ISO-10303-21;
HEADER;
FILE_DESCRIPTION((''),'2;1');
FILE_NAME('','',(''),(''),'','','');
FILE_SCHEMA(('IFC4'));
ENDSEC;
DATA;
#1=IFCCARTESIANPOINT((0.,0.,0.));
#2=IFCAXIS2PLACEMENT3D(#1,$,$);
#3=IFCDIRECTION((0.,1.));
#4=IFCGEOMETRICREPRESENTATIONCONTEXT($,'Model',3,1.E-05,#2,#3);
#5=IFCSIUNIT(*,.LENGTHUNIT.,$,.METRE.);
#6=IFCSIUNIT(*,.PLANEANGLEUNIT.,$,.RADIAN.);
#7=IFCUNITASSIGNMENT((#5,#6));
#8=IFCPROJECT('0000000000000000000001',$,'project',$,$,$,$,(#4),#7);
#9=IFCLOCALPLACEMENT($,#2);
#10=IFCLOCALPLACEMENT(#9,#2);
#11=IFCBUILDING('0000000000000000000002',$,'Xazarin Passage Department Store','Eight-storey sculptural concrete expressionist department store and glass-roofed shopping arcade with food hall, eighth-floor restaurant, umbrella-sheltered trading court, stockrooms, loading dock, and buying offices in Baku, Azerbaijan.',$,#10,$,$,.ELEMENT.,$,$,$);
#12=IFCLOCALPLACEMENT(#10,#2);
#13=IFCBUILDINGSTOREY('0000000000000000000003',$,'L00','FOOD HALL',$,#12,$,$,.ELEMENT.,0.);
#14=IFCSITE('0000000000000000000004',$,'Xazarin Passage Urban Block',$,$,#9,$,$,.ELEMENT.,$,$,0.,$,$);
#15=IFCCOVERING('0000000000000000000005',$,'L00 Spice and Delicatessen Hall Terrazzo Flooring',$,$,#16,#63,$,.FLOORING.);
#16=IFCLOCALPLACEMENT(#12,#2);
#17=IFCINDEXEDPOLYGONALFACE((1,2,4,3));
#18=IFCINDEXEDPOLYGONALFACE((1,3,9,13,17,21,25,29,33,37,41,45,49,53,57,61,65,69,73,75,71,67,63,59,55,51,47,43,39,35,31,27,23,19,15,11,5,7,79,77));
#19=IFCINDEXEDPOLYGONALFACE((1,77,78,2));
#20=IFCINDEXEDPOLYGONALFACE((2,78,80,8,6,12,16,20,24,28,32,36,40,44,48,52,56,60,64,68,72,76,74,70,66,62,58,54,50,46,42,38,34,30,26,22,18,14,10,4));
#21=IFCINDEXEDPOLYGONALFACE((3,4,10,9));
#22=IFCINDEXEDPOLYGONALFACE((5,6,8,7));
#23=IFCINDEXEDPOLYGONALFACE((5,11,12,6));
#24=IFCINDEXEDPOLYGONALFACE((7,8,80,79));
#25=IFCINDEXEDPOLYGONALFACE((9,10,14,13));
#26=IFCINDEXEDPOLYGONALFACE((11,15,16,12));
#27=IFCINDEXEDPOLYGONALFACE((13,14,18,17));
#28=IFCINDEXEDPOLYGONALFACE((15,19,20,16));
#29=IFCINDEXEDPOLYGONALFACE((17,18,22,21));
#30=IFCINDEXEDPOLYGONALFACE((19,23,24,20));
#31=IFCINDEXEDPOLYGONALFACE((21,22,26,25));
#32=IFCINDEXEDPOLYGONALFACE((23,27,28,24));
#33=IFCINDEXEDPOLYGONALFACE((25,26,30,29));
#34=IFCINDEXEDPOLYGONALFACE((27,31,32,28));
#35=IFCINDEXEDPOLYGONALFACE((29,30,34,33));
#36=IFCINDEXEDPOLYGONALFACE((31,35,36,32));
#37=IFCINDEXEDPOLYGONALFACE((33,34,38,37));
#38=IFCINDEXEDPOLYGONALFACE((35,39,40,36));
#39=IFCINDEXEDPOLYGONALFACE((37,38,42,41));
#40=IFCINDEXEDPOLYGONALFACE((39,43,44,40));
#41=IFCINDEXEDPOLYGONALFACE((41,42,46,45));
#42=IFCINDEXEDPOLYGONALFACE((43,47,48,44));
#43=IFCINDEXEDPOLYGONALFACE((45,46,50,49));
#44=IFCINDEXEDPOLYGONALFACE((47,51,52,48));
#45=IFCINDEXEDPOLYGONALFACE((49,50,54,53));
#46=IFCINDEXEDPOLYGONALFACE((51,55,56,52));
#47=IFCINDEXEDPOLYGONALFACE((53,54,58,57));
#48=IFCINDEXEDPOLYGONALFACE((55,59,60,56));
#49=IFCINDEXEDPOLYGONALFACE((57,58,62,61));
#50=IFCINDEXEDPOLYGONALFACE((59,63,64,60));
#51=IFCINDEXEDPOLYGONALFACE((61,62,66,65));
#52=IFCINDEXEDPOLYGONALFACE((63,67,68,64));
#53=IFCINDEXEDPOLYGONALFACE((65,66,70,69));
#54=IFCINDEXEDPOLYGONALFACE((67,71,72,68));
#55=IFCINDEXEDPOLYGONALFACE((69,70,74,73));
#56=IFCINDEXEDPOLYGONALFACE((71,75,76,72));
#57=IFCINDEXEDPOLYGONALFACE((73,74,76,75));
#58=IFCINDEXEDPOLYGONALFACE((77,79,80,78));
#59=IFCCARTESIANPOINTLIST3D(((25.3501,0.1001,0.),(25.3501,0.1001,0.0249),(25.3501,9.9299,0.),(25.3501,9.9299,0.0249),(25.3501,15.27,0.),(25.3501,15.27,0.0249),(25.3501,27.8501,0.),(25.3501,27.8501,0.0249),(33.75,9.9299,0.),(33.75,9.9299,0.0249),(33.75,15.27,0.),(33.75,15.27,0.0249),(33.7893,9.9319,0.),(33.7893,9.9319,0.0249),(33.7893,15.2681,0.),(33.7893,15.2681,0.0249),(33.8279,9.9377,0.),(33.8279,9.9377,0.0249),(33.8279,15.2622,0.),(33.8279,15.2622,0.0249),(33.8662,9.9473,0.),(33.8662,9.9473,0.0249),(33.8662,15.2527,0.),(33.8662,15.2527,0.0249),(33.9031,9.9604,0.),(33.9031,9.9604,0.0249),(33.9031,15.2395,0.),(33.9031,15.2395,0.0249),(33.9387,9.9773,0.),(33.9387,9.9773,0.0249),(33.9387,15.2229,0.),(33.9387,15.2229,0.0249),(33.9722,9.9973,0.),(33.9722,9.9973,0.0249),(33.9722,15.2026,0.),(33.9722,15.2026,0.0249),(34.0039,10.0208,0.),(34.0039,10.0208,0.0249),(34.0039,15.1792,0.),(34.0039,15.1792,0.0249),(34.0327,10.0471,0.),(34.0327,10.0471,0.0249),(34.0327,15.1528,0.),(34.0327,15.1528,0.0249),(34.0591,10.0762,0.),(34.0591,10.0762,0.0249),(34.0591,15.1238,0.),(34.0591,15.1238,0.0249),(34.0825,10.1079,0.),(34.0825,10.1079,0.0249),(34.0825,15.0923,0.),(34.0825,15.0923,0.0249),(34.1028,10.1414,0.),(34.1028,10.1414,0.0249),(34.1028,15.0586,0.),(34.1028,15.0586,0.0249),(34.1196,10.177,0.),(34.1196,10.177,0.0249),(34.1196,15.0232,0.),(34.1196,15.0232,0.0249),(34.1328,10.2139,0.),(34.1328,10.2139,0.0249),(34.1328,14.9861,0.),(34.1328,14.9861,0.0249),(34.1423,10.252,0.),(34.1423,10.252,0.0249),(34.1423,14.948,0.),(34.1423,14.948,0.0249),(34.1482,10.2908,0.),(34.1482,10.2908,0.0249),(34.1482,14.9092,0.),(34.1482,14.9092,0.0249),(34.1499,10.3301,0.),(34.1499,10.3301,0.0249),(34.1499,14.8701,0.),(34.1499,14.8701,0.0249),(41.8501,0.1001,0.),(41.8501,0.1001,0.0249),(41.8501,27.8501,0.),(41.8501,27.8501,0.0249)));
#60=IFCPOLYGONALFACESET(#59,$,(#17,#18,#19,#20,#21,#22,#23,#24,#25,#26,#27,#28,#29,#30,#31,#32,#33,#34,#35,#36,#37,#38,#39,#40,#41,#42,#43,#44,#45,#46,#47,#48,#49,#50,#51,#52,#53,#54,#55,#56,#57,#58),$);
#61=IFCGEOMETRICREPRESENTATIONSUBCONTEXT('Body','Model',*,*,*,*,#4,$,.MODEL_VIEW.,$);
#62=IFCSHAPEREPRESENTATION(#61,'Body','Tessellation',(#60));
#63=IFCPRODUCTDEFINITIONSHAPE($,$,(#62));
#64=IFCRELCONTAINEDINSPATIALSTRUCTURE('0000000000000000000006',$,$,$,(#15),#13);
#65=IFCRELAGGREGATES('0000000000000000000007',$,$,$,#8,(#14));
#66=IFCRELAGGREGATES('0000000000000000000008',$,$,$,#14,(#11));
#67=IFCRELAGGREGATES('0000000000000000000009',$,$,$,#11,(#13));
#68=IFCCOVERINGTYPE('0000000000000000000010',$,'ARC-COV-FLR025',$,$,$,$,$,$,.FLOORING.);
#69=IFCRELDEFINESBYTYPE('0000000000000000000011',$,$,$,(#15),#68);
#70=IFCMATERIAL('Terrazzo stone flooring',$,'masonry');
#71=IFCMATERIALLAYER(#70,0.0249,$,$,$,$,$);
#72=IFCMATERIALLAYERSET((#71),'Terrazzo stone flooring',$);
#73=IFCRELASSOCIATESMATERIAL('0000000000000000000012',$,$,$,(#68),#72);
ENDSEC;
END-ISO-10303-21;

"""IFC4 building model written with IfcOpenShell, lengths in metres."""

from ifc_helpers import new_model, si_unit, direction, origin, place, context, subcontext, project, spatial, polyline, outline, extrude, material, layer, layer_set, type_object, element, save


model = new_model("IFC4")

# Units and contexts
model_context = context("Model", 3, precision=1e-05, world=origin(), true_north=direction((0.0, 1.0)))
body_context = subcontext(model_context, "Body", "Model", "MODEL_VIEW")
ifc_project = project(units=[si_unit("LENGTHUNIT", "METRE"), si_unit("PLANEANGLEUNIT", "RADIAN")], contexts=[model_context])

# Site, building, storey
site_placement = place(None, origin())
site = spatial("IfcSite", under=ifc_project, at=site_placement, Name="Xazarin Passage Urban Block", CompositionType="ELEMENT", RefElevation=0.0)
building_placement = place(site_placement, origin())
building = spatial("IfcBuilding", under=site, at=building_placement, Name="Xazarin Passage Department Store", Description="Eight-storey sculptural concrete expressionist department store and glass-roofed shopping arcade with food hall, eighth-floor restaurant, umbrella-sheltered trading court, stockrooms, loading dock, and buying offices in Baku, Azerbaijan.", CompositionType="ELEMENT")
storey_placement = place(building_placement, origin())
storey = spatial("IfcBuildingStorey", under=building, at=storey_placement, Name="L00", Description="FOOD HALL", CompositionType="ELEMENT", Elevation=0.0)

# Covering
ifc_material_1 = material(Name="Terrazzo stone flooring", Category="masonry")
ifc_layer_1 = layer(ifc_material_1, 0.0249)
ifc_layer_set_1 = layer_set([ifc_layer_1], Name="Terrazzo stone flooring")
covering_type_1 = type_object("IfcCoveringType", Name="ARC-COV-FLR025", PredefinedType="FLOORING", material=ifc_layer_set_1)
covering_1_placement = place(storey_placement, origin())
element("IfcCovering", 1, at=covering_1_placement, inside=storey, type_object=covering_type_1, Name="L00 Spice and Delicatessen Hall Terrazzo Flooring", PredefinedType="FLOORING", context=body_context, shape_type="SweptSolid", body=[
    extrude(outline(polyline([(25.3501, 15.27), (33.75, 15.27), (33.7893, 15.2681), (33.8279, 15.2622), (33.8662, 15.2527), (33.9031, 15.2395), (33.9387, 15.2229), (33.9722, 15.2026), (34.0039, 15.1792), (34.0327, 15.1528), (34.0591, 15.1238), (34.0825, 15.0923), (34.1028, 15.0586), (34.1196, 15.0232), (34.1328, 14.9861), (34.1423, 14.948), (34.1482, 14.9092), (34.1499, 14.8701), (34.1499, 10.3301), (34.1482, 10.2908), (34.1423, 10.252), (34.1328, 10.2139), (34.1196, 10.177), (34.1028, 10.1414), (34.0825, 10.1079), (34.0591, 10.0762), (34.0327, 10.0471), (34.0039, 10.0208), (33.9722, 9.9973), (33.9387, 9.9773), (33.9031, 9.9604), (33.8662, 9.9473), (33.8279, 9.9377), (33.7893, 9.9319), (33.75, 9.9299), (25.3501, 9.9299), (25.3501, 0.1001), (41.8501, 0.1001), (41.8501, 27.8501), (25.3501, 27.8501), (25.3501, 15.27)])), origin(), (0.0, 0.0, 1.0), 0.0249),
])

save(model, "model.ifc")
